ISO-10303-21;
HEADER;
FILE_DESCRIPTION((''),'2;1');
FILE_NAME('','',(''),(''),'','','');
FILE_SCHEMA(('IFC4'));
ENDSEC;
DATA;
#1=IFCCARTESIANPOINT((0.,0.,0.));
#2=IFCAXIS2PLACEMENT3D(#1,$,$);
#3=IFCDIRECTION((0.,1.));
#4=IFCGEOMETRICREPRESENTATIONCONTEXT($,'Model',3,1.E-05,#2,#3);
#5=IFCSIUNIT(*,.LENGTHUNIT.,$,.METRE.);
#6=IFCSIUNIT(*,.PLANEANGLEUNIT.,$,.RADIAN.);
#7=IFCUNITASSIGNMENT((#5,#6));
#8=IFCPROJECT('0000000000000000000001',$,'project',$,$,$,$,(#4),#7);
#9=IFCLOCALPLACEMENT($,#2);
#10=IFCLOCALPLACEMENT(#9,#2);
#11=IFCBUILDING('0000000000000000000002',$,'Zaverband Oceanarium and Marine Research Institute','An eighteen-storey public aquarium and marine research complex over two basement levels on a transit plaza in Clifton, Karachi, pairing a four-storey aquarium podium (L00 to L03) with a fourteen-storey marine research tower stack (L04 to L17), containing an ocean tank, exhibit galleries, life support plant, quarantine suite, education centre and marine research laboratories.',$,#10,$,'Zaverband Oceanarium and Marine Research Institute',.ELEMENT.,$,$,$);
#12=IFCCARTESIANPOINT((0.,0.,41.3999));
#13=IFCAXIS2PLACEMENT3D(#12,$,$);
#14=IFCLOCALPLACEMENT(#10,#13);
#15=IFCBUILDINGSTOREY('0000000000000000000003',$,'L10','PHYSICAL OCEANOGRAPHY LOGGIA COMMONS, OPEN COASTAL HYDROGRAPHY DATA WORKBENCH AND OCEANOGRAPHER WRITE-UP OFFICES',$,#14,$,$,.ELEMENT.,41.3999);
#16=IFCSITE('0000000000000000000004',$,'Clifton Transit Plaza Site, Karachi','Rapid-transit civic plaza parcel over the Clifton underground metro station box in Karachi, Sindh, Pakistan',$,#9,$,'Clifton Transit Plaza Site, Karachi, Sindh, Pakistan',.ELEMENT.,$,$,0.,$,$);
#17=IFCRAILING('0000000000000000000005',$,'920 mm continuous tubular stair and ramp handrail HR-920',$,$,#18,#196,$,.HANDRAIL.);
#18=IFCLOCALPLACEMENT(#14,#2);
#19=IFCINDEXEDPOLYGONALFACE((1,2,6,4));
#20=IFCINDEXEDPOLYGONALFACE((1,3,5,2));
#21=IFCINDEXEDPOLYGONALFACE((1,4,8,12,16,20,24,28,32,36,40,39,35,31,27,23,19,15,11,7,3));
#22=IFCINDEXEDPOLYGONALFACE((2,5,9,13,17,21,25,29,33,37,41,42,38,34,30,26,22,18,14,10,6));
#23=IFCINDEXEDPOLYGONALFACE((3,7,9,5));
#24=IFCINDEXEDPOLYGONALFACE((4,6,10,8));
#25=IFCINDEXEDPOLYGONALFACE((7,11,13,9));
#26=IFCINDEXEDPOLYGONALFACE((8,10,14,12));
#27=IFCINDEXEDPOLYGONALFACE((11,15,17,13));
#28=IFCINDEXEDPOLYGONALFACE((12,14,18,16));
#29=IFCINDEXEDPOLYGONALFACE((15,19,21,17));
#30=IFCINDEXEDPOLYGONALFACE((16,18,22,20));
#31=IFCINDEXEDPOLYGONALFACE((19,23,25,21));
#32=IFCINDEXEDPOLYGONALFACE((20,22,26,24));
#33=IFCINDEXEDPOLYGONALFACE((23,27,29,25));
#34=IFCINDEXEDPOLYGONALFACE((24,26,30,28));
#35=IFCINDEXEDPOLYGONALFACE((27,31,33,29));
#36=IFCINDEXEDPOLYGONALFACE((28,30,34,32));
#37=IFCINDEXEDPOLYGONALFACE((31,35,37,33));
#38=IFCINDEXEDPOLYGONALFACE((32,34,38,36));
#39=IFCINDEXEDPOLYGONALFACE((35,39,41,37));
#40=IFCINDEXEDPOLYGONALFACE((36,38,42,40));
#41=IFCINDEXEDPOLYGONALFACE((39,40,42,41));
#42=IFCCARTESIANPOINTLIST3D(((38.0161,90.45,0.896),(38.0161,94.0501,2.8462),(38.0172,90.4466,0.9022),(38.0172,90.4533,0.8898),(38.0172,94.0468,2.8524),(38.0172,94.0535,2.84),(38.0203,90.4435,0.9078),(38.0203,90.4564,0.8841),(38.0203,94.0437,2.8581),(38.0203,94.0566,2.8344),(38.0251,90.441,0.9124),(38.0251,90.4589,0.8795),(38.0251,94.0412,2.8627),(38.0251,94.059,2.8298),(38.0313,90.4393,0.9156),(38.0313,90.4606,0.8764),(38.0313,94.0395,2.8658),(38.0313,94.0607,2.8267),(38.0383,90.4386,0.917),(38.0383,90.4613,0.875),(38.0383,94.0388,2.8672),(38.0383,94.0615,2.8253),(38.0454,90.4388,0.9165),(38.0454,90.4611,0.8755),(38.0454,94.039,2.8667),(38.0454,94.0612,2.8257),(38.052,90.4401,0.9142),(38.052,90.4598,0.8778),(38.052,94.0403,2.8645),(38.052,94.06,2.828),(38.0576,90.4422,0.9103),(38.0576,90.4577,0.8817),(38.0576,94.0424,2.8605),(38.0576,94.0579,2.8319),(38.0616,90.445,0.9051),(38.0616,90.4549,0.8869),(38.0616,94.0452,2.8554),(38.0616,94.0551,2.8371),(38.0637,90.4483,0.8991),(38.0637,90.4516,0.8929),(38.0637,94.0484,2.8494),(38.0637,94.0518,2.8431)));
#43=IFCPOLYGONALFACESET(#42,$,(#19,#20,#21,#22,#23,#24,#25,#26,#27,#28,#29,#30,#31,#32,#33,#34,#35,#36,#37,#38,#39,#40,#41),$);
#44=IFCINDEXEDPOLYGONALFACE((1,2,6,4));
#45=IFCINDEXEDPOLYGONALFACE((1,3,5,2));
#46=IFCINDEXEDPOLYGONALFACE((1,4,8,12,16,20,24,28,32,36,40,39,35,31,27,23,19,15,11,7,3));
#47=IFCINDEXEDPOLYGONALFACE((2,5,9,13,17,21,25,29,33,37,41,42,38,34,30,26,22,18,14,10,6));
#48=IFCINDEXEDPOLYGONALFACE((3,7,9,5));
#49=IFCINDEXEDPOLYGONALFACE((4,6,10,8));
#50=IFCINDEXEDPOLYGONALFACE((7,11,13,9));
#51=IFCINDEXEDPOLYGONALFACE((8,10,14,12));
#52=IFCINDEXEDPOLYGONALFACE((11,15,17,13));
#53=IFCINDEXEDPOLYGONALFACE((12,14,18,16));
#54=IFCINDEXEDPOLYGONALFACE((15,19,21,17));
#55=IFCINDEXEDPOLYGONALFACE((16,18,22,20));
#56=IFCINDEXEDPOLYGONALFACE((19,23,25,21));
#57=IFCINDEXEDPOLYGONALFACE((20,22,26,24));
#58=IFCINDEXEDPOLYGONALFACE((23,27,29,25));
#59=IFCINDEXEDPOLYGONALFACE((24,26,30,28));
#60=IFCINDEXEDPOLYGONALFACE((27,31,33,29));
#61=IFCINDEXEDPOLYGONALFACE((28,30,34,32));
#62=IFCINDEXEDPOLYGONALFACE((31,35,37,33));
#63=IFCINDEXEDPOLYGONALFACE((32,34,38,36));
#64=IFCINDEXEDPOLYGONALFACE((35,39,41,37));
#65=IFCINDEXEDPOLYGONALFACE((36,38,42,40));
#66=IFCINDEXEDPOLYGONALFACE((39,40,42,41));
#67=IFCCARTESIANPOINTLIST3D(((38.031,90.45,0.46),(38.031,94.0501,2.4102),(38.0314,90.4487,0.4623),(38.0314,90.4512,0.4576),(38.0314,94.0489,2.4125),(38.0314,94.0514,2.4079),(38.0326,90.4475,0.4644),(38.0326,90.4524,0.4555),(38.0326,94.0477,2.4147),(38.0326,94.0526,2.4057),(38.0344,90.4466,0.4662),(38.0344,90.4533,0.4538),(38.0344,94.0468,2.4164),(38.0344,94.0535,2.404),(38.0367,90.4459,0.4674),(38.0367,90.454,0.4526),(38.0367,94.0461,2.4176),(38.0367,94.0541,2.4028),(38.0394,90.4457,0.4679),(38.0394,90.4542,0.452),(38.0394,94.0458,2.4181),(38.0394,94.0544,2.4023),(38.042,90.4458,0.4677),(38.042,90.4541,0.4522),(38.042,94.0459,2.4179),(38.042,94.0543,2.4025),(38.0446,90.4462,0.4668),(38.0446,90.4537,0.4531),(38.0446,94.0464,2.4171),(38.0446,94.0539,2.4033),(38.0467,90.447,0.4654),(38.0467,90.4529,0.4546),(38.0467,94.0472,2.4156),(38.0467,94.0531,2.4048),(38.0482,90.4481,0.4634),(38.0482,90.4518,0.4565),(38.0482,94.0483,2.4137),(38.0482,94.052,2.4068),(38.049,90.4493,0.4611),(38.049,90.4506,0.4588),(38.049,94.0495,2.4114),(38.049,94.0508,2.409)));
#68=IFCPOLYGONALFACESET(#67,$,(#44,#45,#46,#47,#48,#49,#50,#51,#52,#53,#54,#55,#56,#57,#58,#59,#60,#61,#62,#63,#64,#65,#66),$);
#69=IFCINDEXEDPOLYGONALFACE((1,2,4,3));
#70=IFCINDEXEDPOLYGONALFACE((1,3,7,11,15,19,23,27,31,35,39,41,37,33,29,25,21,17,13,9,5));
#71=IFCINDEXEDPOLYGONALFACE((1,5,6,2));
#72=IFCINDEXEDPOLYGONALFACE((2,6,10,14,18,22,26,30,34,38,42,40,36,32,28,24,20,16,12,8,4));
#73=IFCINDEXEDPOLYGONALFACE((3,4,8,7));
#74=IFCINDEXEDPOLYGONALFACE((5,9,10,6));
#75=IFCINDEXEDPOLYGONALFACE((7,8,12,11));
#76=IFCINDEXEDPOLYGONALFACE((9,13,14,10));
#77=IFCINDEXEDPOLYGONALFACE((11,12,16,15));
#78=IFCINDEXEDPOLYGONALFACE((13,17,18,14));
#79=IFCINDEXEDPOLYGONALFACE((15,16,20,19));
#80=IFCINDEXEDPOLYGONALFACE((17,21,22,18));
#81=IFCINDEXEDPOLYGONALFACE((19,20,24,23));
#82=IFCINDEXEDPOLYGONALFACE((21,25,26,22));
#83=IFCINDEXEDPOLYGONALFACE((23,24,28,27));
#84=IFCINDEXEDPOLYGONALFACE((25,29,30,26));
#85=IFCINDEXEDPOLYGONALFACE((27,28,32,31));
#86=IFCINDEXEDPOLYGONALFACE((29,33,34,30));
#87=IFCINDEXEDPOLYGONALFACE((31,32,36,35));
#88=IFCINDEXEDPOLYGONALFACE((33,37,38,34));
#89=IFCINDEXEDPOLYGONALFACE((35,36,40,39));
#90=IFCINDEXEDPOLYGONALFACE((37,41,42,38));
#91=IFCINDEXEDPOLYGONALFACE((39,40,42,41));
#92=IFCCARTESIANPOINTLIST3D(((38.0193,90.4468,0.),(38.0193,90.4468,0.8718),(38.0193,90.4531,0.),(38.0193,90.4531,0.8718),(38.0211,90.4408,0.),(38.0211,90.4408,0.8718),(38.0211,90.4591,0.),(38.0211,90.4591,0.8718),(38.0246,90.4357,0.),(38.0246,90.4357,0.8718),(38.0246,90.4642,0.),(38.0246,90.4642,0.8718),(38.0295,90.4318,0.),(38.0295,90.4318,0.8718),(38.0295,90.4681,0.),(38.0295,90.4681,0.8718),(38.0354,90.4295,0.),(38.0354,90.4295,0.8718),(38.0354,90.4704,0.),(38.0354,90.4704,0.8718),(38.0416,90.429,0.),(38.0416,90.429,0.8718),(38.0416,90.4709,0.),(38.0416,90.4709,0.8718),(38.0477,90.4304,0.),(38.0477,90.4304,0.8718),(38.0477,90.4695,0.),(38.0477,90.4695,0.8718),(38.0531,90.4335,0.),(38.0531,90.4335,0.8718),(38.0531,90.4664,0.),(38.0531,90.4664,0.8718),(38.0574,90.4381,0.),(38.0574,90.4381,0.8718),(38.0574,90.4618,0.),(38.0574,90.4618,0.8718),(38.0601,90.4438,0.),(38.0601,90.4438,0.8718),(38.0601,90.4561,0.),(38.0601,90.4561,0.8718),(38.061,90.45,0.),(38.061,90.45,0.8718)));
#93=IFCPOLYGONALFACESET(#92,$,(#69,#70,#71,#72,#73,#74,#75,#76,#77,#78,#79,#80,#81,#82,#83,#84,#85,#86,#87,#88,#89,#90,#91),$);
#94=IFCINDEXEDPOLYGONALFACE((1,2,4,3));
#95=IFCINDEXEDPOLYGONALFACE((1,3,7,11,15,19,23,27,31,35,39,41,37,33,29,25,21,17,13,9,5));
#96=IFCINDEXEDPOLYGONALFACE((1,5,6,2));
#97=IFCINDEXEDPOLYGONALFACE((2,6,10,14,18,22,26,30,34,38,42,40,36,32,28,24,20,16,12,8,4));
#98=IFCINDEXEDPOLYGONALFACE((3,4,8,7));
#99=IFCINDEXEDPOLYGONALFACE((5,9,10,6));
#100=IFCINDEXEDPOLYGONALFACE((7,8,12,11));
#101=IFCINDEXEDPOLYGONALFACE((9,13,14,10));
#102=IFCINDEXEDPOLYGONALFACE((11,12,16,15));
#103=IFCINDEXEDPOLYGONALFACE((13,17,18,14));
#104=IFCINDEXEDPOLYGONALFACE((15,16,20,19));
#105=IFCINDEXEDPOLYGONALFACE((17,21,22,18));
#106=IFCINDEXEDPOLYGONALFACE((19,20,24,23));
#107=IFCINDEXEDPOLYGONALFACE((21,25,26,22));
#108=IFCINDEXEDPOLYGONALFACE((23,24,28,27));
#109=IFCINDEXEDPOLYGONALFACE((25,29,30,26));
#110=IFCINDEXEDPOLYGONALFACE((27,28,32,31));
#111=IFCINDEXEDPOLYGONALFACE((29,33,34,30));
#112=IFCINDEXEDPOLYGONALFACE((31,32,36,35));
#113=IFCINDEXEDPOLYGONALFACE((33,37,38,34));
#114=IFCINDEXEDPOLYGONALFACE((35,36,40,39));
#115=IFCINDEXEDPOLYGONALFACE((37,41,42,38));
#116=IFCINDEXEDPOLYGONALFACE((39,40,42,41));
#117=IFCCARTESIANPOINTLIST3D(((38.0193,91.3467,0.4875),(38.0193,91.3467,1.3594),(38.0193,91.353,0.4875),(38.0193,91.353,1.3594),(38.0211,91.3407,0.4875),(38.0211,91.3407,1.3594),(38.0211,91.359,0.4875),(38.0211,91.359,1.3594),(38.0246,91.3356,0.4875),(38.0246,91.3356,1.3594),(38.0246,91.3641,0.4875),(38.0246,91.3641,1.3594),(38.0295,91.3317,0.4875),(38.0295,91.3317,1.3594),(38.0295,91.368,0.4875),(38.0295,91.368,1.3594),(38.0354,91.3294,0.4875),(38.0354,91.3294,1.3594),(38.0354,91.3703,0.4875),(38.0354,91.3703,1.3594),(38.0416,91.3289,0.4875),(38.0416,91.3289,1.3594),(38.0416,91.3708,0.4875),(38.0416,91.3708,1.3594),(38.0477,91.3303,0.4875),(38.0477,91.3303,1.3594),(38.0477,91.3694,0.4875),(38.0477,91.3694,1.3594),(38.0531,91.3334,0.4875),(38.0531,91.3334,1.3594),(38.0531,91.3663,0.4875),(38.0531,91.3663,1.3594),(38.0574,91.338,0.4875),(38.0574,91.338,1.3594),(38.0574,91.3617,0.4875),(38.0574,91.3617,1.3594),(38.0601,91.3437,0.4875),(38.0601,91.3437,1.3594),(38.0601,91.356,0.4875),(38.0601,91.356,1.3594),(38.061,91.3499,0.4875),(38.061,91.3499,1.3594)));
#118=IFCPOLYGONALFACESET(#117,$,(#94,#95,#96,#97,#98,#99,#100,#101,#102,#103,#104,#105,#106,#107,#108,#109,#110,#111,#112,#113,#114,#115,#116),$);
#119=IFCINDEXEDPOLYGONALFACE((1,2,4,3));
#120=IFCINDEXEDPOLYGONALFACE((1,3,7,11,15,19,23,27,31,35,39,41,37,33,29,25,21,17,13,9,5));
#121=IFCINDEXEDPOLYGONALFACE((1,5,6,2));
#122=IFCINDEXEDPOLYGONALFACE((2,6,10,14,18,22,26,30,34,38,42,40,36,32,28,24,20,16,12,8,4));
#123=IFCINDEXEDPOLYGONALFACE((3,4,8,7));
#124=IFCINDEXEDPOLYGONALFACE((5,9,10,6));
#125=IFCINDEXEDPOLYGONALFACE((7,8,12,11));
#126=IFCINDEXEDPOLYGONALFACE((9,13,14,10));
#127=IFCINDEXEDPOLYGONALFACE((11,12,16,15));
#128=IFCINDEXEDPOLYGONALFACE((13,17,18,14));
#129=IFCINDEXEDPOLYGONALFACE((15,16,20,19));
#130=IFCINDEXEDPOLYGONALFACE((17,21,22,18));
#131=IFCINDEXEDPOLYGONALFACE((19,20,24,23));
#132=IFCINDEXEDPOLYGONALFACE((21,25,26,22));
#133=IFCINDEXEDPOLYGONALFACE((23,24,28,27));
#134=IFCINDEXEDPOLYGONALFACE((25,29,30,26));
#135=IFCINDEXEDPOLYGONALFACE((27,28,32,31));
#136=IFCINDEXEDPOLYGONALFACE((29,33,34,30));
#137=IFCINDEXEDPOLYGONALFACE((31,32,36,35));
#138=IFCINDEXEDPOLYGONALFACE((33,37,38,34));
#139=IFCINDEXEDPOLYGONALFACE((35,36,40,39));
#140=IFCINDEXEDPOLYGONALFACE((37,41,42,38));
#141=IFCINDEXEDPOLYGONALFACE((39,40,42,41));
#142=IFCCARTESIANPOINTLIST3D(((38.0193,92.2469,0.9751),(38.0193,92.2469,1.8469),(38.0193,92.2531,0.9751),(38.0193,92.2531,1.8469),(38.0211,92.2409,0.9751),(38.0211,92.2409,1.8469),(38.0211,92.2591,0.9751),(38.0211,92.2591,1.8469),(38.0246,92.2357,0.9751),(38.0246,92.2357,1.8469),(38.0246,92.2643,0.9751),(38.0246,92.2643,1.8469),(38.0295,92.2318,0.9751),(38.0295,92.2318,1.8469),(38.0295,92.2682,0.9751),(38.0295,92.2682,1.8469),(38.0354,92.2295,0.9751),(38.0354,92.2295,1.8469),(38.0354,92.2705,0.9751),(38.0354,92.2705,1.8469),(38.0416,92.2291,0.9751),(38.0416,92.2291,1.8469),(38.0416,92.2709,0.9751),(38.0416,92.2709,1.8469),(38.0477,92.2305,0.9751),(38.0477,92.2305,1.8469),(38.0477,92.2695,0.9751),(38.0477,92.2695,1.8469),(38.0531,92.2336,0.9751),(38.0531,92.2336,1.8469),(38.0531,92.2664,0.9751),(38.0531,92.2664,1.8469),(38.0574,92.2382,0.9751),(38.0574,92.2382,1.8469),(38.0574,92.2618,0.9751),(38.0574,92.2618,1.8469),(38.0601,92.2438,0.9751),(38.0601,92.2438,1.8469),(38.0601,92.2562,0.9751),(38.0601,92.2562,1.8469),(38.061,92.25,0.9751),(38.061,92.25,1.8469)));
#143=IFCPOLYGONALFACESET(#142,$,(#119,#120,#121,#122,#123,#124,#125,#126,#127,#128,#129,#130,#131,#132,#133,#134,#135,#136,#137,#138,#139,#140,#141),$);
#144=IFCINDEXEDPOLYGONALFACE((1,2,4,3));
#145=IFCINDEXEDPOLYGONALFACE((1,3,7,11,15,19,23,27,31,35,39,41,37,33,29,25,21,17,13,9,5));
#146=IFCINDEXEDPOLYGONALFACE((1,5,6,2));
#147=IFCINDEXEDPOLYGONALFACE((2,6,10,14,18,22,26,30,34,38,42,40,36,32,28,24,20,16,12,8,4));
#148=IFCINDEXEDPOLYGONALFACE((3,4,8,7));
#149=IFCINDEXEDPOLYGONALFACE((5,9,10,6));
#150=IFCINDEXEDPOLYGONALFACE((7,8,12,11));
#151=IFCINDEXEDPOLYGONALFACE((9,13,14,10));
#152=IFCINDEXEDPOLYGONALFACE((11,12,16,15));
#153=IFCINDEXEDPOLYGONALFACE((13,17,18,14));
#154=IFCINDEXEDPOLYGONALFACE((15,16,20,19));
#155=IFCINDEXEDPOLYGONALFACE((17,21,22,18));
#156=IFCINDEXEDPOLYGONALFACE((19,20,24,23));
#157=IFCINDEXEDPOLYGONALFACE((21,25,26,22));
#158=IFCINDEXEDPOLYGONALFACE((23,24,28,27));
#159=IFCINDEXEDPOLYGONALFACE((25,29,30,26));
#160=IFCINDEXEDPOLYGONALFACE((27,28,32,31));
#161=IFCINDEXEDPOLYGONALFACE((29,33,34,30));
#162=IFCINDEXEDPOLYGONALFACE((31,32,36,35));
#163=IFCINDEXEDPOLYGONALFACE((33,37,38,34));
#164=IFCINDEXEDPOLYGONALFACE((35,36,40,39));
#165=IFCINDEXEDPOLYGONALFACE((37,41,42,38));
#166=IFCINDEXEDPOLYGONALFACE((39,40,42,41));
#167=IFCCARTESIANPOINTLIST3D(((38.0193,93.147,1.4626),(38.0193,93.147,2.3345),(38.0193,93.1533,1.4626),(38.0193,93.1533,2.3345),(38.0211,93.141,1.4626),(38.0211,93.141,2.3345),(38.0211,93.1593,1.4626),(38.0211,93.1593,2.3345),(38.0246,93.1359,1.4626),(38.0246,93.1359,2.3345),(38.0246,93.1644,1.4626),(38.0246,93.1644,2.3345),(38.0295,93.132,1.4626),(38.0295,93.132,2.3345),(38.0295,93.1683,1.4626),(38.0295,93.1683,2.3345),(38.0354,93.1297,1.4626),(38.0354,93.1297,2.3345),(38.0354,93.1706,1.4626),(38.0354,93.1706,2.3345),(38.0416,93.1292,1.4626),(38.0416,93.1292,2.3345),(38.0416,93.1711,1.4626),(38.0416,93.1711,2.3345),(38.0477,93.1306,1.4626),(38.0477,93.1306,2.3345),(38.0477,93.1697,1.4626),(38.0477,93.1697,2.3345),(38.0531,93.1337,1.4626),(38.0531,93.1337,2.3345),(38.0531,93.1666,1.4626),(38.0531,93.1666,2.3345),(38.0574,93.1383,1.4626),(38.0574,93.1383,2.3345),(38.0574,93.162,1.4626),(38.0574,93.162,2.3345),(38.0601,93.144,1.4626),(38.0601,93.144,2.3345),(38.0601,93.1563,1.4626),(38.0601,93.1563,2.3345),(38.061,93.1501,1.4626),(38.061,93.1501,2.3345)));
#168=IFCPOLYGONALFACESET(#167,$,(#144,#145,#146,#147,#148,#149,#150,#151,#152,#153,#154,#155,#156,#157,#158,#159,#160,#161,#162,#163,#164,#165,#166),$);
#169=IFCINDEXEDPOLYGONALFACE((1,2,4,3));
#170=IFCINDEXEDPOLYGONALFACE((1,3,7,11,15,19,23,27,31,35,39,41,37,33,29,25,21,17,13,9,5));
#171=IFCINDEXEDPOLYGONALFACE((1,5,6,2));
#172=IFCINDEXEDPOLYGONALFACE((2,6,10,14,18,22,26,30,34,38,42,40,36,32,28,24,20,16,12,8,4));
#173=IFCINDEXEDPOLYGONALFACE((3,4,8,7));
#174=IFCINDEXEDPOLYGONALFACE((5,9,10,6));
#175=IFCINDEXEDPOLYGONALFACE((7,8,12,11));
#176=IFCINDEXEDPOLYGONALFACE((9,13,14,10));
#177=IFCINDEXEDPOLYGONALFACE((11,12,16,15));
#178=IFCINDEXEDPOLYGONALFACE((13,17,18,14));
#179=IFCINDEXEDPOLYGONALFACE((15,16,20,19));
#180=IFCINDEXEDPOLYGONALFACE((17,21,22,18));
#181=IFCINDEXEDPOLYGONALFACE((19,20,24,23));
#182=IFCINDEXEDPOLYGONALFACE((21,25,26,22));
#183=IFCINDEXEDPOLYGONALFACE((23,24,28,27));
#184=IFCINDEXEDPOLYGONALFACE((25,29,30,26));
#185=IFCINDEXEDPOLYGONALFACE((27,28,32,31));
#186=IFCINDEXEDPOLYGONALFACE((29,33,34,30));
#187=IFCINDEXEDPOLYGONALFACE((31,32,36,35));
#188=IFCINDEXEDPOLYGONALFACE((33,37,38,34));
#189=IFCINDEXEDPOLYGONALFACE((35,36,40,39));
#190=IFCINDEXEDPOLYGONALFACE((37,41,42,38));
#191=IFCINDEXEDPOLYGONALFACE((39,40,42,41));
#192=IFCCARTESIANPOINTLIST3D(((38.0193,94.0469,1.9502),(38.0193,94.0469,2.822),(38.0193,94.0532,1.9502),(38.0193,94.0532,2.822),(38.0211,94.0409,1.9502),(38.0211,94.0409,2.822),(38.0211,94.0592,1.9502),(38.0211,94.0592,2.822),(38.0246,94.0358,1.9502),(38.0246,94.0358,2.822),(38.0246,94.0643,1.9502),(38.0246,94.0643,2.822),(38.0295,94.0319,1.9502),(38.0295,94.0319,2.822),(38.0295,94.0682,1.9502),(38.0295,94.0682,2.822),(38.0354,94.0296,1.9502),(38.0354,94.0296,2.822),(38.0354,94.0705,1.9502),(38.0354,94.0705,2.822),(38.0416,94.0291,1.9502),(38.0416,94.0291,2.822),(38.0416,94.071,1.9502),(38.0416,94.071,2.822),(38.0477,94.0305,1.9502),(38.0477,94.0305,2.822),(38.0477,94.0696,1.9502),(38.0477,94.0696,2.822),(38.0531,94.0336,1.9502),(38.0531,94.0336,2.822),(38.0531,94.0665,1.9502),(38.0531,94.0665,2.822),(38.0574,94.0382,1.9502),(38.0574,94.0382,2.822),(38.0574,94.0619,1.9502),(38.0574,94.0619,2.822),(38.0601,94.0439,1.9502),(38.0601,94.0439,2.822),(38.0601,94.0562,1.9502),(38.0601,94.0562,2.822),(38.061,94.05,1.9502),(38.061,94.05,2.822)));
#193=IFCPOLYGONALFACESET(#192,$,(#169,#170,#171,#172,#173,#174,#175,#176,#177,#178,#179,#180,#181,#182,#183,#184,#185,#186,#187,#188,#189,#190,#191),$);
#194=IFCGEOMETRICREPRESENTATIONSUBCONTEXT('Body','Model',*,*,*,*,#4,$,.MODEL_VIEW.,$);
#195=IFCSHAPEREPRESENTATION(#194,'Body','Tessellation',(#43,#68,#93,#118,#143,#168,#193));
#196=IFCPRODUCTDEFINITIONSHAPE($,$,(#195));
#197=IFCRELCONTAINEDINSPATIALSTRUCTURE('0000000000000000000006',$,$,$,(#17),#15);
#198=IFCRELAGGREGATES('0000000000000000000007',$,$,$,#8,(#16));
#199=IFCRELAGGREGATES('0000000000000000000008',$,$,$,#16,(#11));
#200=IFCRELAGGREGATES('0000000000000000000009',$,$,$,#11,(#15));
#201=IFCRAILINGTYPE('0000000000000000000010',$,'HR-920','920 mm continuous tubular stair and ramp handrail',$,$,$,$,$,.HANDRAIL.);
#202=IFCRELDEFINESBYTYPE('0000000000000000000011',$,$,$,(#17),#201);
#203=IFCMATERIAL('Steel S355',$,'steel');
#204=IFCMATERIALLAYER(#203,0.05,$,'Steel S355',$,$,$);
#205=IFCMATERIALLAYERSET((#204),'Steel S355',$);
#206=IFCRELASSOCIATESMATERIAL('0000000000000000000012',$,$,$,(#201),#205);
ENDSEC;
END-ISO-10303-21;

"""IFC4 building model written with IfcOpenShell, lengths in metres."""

from ifc_helpers import new_model, si_unit, direction, frame, origin, origin_2d, place, context, subcontext, project, spatial, circle, extrude, material, layer, layer_set, type_object, element, save


model = new_model("IFC4")

# Units and contexts
model_context = context("Model", 3, precision=1e-05, world=origin(), true_north=direction((0.0, 1.0)))
body_context = subcontext(model_context, "Body", "Model", "MODEL_VIEW")
ifc_project = project(units=[si_unit("LENGTHUNIT", "METRE"), si_unit("PLANEANGLEUNIT", "RADIAN")], contexts=[model_context])

# Site, building, storey
site_placement = place(None, origin())
site = spatial("IfcSite", under=ifc_project, at=site_placement, Name="Clifton Transit Plaza Site, Karachi", Description="Rapid-transit civic plaza parcel over the Clifton underground metro station box in Karachi, Sindh, Pakistan", LongName="Clifton Transit Plaza Site, Karachi, Sindh, Pakistan", CompositionType="ELEMENT", RefElevation=0.0)
building_placement = place(site_placement, origin())
building = spatial("IfcBuilding", under=site, at=building_placement, Name="Zaverband Oceanarium and Marine Research Institute", Description="An eighteen-storey public aquarium and marine research complex over two basement levels on a transit plaza in Clifton, Karachi, pairing a four-storey aquarium podium (L00 to L03) with a fourteen-storey marine research tower stack (L04 to L17), containing an ocean tank, exhibit galleries, life support plant, quarantine suite, education centre and marine research laboratories.", LongName="Zaverband Oceanarium and Marine Research Institute", CompositionType="ELEMENT")
storey_placement = place(building_placement, frame((0.0, 0.0, 41.3999)))
storey = spatial("IfcBuildingStorey", under=building, at=storey_placement, Name="L10", Description="PHYSICAL OCEANOGRAPHY LOGGIA COMMONS, OPEN COASTAL HYDROGRAPHY DATA WORKBENCH AND OCEANOGRAPHER WRITE-UP OFFICES", CompositionType="ELEMENT", Elevation=41.3999)

# Shared definitions
ifc_material_1 = material(Name="Steel S355", Category="steel")

# Railing
ifc_layer_1 = layer(ifc_material_1, 0.05, Name="Steel S355")
ifc_layer_set_1 = layer_set([ifc_layer_1], Name="Steel S355")
railing_type_1 = type_object("IfcRailingType", Name="HR-920", Description="920 mm continuous tubular stair and ramp handrail", PredefinedType="HANDRAIL", material=ifc_layer_set_1)
railing_1_placement = place(storey_placement, frame((38.04, 90.45, 0.0)))
element("IfcRailing", 1, at=railing_1_placement, inside=storey, type_object=railing_type_1, Name="920 mm continuous tubular stair and ramp handrail HR-920", PredefinedType="HANDRAIL", context=body_context, shape_type="SweptSolid", body=[
    extrude(circle(Radius=0.0239, at=origin_2d()), frame((0.0, 0.0, 0.896), z_axis=(0.0, 0.879277, 0.47631), x_axis=(-1.0, 0.0, 0.0)), (0.0, 0.0, 1.0), 4.0945),
    extrude(circle(Radius=0.009, at=origin_2d()), frame((0.0, 0.0, 0.46), z_axis=(0.0, 0.879277, 0.47631), x_axis=(-1.0, 0.0, 0.0)), (0.0, 0.0, 1.0), 4.0945),
    extrude(circle(Radius=0.021, at=origin_2d()), origin(), (0.0, 0.0, 1.0), 0.8718),
    extrude(circle(Radius=0.021, at=origin_2d()), frame((0.0, 0.8999, 0.4875)), (0.0, 0.0, 1.0), 0.8718),
    extrude(circle(Radius=0.021, at=origin_2d()), frame((0.0, 1.8, 0.9751)), (0.0, 0.0, 1.0), 0.8718),
    extrude(circle(Radius=0.021, at=origin_2d()), frame((0.0, 2.7002, 1.4626)), (0.0, 0.0, 1.0), 0.8718),
    extrude(circle(Radius=0.021, at=origin_2d()), frame((0.0, 3.6001, 1.9502)), (0.0, 0.0, 1.0), 0.8718),
])

save(model, "model.ifc")
